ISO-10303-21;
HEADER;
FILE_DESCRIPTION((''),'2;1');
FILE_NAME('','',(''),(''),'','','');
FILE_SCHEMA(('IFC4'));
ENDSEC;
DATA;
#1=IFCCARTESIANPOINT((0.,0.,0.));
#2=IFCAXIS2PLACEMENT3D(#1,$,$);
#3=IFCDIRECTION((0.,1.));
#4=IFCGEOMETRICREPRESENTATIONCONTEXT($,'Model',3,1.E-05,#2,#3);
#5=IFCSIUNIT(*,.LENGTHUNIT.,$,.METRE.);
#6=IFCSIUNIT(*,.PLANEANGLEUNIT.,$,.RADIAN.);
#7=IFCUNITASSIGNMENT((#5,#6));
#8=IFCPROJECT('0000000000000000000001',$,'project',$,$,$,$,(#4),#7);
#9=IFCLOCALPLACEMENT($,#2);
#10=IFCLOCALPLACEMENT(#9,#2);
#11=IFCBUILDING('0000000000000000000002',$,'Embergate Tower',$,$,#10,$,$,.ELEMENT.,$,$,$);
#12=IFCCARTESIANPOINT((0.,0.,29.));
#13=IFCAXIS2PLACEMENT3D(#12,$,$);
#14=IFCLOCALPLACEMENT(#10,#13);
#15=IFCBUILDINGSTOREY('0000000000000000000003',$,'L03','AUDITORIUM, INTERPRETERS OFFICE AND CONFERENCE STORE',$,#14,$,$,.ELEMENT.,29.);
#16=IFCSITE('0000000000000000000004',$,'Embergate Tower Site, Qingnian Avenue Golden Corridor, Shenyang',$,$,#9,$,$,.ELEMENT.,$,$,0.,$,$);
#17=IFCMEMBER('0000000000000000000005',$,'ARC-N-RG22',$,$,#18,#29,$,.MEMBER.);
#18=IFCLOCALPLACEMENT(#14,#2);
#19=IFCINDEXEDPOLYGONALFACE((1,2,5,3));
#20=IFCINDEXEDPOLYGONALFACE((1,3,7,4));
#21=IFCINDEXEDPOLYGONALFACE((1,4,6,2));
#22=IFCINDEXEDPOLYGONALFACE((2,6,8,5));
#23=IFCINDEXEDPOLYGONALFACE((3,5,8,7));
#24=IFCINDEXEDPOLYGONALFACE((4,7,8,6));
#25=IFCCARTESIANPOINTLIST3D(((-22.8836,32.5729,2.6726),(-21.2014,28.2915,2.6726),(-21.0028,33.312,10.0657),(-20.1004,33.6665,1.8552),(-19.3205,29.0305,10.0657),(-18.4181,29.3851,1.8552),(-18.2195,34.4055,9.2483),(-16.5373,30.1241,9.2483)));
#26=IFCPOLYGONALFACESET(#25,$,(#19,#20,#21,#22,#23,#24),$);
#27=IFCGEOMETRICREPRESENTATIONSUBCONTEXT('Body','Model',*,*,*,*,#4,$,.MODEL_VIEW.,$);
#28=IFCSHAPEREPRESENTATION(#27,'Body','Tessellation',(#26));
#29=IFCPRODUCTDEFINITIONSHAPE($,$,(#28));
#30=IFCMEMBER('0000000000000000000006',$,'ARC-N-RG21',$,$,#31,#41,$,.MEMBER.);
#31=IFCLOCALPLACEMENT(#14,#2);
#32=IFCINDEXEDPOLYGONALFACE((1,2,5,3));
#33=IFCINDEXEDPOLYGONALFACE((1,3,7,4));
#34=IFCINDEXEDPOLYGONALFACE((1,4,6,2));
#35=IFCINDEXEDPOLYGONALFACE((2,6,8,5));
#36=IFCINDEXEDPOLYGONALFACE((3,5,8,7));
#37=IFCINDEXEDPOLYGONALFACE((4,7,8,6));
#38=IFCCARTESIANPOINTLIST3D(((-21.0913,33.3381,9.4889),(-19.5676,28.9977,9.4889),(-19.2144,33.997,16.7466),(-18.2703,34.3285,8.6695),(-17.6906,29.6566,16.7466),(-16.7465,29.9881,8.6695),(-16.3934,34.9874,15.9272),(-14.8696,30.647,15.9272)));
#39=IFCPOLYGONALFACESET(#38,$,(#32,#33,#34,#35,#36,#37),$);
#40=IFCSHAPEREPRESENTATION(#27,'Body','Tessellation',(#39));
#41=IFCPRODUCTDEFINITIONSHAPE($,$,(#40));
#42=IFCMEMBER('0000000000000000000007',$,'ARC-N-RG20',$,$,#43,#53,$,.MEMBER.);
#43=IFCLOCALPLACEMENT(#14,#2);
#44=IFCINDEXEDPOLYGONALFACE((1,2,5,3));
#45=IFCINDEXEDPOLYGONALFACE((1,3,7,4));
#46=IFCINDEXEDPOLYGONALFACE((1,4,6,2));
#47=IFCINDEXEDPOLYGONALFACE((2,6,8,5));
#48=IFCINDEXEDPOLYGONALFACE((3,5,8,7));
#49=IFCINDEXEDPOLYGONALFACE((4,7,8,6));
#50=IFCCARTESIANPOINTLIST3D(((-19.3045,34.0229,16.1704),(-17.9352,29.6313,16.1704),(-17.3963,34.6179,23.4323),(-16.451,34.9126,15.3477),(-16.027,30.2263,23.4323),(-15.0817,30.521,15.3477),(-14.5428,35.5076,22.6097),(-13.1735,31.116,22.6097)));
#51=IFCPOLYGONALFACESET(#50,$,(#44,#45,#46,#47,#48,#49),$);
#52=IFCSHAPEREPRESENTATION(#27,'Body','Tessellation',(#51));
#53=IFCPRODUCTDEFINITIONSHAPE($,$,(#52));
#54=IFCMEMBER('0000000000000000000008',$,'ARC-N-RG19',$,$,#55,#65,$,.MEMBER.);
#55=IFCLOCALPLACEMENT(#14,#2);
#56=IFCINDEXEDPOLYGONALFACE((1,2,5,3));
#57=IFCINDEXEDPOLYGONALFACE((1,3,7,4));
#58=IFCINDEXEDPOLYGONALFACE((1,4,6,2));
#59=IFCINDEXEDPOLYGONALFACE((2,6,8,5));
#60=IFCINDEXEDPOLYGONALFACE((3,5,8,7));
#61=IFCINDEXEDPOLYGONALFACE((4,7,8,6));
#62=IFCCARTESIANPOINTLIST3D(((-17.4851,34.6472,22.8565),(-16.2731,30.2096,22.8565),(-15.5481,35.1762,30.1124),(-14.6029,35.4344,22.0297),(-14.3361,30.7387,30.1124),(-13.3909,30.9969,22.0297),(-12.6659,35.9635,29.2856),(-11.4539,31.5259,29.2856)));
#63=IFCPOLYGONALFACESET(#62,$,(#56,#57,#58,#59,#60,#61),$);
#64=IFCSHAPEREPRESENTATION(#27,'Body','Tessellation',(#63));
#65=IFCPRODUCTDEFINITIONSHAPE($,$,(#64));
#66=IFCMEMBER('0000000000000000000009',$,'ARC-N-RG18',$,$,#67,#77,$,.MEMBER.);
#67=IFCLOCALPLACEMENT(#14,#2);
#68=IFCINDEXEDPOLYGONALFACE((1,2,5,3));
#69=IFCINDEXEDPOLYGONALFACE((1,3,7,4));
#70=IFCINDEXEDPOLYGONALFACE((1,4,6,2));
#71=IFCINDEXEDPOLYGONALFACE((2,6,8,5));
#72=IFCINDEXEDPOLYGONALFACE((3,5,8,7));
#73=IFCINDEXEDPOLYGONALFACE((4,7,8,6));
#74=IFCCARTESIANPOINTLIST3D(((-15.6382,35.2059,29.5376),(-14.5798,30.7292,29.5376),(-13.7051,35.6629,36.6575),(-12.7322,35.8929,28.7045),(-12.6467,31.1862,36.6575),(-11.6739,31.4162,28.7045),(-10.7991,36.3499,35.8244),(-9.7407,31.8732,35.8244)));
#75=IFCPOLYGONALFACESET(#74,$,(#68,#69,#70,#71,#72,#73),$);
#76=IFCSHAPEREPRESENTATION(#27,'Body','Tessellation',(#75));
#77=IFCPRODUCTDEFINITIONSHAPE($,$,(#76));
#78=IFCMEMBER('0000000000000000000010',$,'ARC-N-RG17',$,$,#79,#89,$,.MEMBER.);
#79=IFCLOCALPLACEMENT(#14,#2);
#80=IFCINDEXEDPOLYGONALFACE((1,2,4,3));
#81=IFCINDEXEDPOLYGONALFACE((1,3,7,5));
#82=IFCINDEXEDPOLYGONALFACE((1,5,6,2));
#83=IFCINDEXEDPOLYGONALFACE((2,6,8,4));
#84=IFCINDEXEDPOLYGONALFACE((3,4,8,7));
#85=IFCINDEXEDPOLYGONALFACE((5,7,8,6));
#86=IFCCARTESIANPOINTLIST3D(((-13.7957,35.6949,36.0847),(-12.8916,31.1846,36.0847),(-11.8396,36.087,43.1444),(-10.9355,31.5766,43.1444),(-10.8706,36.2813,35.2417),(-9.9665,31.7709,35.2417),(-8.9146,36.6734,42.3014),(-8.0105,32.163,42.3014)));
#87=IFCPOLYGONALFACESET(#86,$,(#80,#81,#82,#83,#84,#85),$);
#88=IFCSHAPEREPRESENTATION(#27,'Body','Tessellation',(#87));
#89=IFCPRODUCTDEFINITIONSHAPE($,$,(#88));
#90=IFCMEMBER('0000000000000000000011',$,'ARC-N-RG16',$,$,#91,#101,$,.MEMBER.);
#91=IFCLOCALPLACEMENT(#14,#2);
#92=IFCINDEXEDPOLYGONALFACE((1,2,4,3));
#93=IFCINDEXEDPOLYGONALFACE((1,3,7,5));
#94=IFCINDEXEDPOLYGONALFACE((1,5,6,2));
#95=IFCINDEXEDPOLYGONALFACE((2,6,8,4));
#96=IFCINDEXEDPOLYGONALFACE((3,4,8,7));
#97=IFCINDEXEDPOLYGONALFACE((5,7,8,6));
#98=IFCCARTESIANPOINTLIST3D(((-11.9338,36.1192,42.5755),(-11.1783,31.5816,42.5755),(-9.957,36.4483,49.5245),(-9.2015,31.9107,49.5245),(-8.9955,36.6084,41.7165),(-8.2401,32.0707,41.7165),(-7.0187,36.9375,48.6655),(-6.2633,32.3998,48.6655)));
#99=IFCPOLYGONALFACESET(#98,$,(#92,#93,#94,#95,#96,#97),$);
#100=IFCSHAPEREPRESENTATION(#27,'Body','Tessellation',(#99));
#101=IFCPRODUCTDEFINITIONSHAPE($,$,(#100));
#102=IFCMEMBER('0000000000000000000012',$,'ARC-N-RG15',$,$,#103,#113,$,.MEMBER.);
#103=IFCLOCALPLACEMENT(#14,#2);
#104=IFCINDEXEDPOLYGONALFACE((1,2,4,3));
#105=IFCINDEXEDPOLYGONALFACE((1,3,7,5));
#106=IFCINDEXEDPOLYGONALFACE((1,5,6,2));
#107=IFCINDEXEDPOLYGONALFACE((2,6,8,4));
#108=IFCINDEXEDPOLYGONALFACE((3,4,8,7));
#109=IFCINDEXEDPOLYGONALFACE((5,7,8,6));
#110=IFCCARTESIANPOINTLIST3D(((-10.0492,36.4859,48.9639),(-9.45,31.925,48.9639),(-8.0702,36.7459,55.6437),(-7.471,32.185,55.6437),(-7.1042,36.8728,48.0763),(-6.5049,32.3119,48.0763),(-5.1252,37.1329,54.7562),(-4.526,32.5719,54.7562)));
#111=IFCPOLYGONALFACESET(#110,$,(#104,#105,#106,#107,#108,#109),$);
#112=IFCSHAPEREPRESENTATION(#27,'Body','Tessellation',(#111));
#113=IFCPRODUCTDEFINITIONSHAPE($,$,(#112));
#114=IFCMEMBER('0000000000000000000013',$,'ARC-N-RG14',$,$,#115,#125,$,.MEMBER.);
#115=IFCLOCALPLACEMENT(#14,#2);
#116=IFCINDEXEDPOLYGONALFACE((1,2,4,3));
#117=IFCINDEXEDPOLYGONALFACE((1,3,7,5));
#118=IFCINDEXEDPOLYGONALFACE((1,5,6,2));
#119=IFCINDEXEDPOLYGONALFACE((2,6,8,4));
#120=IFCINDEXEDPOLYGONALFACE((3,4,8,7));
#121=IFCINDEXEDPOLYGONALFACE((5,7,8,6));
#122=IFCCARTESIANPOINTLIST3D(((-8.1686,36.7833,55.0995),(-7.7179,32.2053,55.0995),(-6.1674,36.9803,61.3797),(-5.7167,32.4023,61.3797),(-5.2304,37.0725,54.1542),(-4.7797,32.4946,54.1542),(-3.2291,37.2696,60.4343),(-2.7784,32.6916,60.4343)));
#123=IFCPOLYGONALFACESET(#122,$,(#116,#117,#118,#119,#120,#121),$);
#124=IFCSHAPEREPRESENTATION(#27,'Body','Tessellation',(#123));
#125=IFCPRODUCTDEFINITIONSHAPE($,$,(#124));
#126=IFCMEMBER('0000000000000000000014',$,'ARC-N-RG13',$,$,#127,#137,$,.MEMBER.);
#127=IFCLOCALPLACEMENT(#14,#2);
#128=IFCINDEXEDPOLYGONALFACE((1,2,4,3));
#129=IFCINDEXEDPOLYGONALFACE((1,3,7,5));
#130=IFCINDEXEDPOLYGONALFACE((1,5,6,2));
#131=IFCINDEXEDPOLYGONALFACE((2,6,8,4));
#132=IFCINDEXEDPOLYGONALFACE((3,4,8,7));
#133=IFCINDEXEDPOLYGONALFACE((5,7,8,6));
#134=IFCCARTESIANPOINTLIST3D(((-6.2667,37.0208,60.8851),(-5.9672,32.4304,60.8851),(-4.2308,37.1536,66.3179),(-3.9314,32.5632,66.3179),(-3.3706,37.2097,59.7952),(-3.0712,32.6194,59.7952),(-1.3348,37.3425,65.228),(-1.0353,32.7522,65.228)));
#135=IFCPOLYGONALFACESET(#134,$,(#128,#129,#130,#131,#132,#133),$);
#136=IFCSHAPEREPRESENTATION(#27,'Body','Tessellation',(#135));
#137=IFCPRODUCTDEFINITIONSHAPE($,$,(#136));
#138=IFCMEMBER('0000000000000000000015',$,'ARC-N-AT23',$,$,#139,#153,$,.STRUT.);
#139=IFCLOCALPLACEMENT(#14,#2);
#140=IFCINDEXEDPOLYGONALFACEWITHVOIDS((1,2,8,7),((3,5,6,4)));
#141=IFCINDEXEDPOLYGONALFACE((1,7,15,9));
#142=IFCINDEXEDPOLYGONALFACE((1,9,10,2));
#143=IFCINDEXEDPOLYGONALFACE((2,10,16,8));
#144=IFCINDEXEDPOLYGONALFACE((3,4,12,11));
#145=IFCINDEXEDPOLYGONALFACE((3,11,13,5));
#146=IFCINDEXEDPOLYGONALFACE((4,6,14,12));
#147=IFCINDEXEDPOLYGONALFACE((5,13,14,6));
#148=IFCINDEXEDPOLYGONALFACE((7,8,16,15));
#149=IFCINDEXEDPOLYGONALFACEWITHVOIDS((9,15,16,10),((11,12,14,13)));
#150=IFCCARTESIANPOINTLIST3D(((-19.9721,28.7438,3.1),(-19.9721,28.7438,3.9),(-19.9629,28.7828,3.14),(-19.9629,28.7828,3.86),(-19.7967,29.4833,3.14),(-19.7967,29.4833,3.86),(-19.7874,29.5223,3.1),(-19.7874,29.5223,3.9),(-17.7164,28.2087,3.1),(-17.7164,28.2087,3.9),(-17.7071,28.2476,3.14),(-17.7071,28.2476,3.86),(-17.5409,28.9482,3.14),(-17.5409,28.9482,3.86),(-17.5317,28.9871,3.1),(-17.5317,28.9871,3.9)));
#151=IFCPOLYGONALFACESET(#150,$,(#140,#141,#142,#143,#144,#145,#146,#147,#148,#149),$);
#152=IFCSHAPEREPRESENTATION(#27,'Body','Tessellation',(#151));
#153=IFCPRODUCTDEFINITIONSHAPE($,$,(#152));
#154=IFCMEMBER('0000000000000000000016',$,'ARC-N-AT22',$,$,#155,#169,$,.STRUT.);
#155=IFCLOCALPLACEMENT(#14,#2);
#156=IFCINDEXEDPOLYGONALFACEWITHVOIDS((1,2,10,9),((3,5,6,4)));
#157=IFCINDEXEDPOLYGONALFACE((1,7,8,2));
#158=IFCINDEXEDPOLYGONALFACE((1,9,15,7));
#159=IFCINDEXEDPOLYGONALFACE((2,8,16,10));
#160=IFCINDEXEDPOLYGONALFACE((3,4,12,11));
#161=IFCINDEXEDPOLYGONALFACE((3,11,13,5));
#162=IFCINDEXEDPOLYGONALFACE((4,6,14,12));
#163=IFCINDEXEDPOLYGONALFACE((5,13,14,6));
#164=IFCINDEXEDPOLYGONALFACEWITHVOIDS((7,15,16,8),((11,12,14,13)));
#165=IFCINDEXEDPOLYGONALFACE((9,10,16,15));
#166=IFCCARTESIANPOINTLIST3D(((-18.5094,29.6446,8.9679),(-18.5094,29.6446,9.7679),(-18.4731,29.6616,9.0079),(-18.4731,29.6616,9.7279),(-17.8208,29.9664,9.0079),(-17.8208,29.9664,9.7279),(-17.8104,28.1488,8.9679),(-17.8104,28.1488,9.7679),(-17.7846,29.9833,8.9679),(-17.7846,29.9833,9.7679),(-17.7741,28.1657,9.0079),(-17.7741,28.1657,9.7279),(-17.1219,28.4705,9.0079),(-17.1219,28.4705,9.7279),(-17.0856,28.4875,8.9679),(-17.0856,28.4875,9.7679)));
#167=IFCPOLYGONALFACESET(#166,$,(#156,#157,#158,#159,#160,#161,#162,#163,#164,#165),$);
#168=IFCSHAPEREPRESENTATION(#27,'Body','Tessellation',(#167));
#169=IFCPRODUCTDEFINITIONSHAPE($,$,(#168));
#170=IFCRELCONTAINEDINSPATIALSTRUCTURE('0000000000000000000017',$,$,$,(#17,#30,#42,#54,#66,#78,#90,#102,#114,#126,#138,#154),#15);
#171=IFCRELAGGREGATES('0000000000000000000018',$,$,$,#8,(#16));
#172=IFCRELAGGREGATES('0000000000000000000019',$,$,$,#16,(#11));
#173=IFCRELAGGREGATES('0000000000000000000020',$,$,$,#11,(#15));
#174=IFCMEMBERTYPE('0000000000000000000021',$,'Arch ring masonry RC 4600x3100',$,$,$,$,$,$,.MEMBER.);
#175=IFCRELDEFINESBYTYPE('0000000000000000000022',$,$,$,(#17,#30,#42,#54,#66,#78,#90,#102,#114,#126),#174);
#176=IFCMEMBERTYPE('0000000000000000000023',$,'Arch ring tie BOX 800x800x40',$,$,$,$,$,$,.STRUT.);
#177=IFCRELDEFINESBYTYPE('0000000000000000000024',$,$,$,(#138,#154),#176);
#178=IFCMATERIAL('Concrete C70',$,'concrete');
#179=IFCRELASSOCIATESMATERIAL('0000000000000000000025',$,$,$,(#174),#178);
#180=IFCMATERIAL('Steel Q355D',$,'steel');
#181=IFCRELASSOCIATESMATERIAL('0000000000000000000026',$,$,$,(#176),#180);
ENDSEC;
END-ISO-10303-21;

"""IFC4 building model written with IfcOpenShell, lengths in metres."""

from ifc_helpers import new_model, si_unit, direction, frame, origin, origin_2d, place, context, subcontext, project, spatial, rectangle, hollow_rectangle, extrude, source, transform, mapped, material, material_profile, profile_set, type_object, element, save


model = new_model("IFC4")

# Units and contexts
model_context = context("Model", 3, precision=1e-05, world=origin(), true_north=direction((0.0, 1.0)))
body_context = subcontext(model_context, "Body", "Model", "MODEL_VIEW")
ifc_project = project(units=[si_unit("LENGTHUNIT", "METRE"), si_unit("PLANEANGLEUNIT", "RADIAN")], contexts=[model_context])

# Site, building, storey
site_placement = place(None, origin())
site = spatial("IfcSite", under=ifc_project, at=site_placement, Name="Embergate Tower Site, Qingnian Avenue Golden Corridor, Shenyang", CompositionType="ELEMENT", RefElevation=0.0)
building_placement = place(site_placement, origin())
building = spatial("IfcBuilding", under=site, at=building_placement, Name="Embergate Tower", CompositionType="ELEMENT")
storey_placement = place(building_placement, frame((0.0, 0.0, 29.0)))
storey = spatial("IfcBuildingStorey", under=building, at=storey_placement, Name="L03", Description="AUDITORIUM, INTERPRETERS OFFICE AND CONFERENCE STORE", CompositionType="ELEMENT", Elevation=29.0)

# Members
ifc_material_1 = material(Name="Concrete C70", Category="concrete")
ifc_material_profile_1 = material_profile(ifc_material_1, rectangle(XDim=4.6001, YDim=3.1001, at=origin_2d()), Name="RC 4600x3100")
ifc_profile_set_1 = profile_set([ifc_material_profile_1], Name="Concrete C70")
member_type_1 = type_object("IfcMemberType", Name="Arch ring masonry RC 4600x3100", PredefinedType="MEMBER", material=ifc_profile_set_1)
shared_shape_1 = source(origin(), body_context, "Body", "SweptSolid", [
    extrude(rectangle(XDim=4.6001, YDim=3.1001, at=origin_2d()), origin(), (0.0, 0.0, 1.0), 7.6643),
])
member_1_placement = place(storey_placement, frame((-18.77, 31.718, 9.657), z_axis=(-0.245406, -0.096423, -0.964613), x_axis=(0.365697, -0.930734, 0.0)))
element("IfcMember", 1, at=member_1_placement, inside=storey, type_object=member_type_1, Name="ARC-N-RG22", PredefinedType="MEMBER", context=body_context, shape_type="MappedRepresentation", body=[
    mapped(shared_shape_1, transform((0.0, 0.0, 0.0))),
])
shared_shape_2 = source(origin(), body_context, "Body", "SweptSolid", [
    extrude(rectangle(XDim=4.6001, YDim=3.1001, at=origin_2d()), origin(), (0.0, 0.0, 1.0), 7.5254),
])
member_2_placement = place(storey_placement, frame((-17.042, 32.322, 16.3369), z_axis=(-0.249413, -0.08756, -0.964431), x_axis=(0.331247, -0.943544, 0.0)))
element("IfcMember", 2, at=member_2_placement, inside=storey, type_object=member_type_1, Name="ARC-N-RG21", PredefinedType="MEMBER", context=body_context, shape_type="MappedRepresentation", body=[
    mapped(shared_shape_2, transform((0.0, 0.0, 0.0))),
])
shared_shape_3 = source(origin(), body_context, "Body", "SweptSolid", [
    extrude(rectangle(XDim=4.6001, YDim=3.1001, at=origin_2d()), origin(), (0.0, 0.0, 1.0), 7.532),
])
member_3_placement = place(storey_placement, frame((-15.2849, 32.8669, 23.021), z_axis=(-0.253345, -0.078992, -0.964145), x_axis=(0.297663, -0.954671, 0.0)))
element("IfcMember", 3, at=member_3_placement, inside=storey, type_object=member_type_1, Name="ARC-N-RG20", PredefinedType="MEMBER", context=body_context, shape_type="MappedRepresentation", body=[
    mapped(shared_shape_3, transform((0.0, 0.0, 0.0))),
])
shared_shape_4 = source(origin(), body_context, "Body", "SweptSolid", [
    extrude(rectangle(XDim=4.6001, YDim=3.1001, at=origin_2d()), origin(), (0.0, 0.0, 1.0), 7.5286),
])
member_4_placement = place(storey_placement, frame((-13.501, 33.3511, 29.699), z_axis=(-0.257288, -0.070273, -0.963776), x_axis=(0.263477, -0.964666, 0.0)))
element("IfcMember", 4, at=member_4_placement, inside=storey, type_object=member_type_1, Name="ARC-N-RG19", PredefinedType="MEMBER", context=body_context, shape_type="MappedRepresentation", body=[
    mapped(shared_shape_4, transform((0.0, 0.0, 0.0))),
])
shared_shape_5 = source(origin(), body_context, "Body", "SweptSolid", [
    extrude(rectangle(XDim=4.6001, YDim=3.1001, at=origin_2d()), origin(), (0.0, 0.0, 1.0), 7.3918),
])
member_5_placement = place(storey_placement, frame((-11.7229, 33.7681, 36.241), z_axis=(-0.261521, -0.06183, -0.963215), x_axis=(0.23008, -0.973172, 0.0)))
element("IfcMember", 5, at=member_5_placement, inside=storey, type_object=member_type_1, Name="ARC-N-RG18", PredefinedType="MEMBER", context=body_context, shape_type="MappedRepresentation", body=[
    mapped(shared_shape_5, transform((0.0, 0.0, 0.0))),
])
shared_shape_6 = source(origin(), body_context, "Body", "SweptSolid", [
    extrude(rectangle(XDim=4.6001, YDim=3.1001, at=origin_2d()), origin(), (0.0, 0.0, 1.0), 7.3362),
])
member_6_placement = place(storey_placement, frame((-9.925, 34.125, 42.7229), z_axis=(-0.266628, -0.053445, -0.962317), x_axis=(0.19654, -0.980496, 0.0)))
element("IfcMember", 6, at=member_6_placement, inside=storey, type_object=member_type_1, Name="ARC-N-RG17", PredefinedType="MEMBER", context=body_context, shape_type="MappedRepresentation", body=[
    mapped(shared_shape_6, transform((0.0, 0.0, 0.0))),
])
shared_shape_7 = source(origin(), body_context, "Body", "SweptSolid", [
    extrude(rectangle(XDim=4.6001, YDim=3.1001, at=origin_2d()), origin(), (0.0, 0.0, 1.0), 7.2322),
])
member_7_placement = place(storey_placement, frame((-8.1101, 34.4241, 49.095), z_axis=(-0.273335, -0.045505, -0.960842), x_axis=(0.164221, -0.986424, 0.0)))
element("IfcMember", 7, at=member_7_placement, inside=storey, type_object=member_type_1, Name="ARC-N-RG16", PredefinedType="MEMBER", context=body_context, shape_type="MappedRepresentation", body=[
    mapped(shared_shape_7, transform((0.0, 0.0, 0.0))),
])
shared_shape_8 = source(origin(), body_context, "Body", "SweptSolid", [
    extrude(rectangle(XDim=4.6001, YDim=3.1001, at=origin_2d()), origin(), (0.0, 0.0, 1.0), 6.9717),
])
member_8_placement = place(storey_placement, frame((-6.2981, 34.6589, 55.2), z_axis=(-0.28386, -0.037295, -0.95814), x_axis=(0.130265, -0.991479, 0.0)))
element("IfcMember", 8, at=member_8_placement, inside=storey, type_object=member_type_1, Name="ARC-N-RG15", PredefinedType="MEMBER", context=body_context, shape_type="MappedRepresentation", body=[
    mapped(shared_shape_8, transform((0.0, 0.0, 0.0))),
])
shared_shape_9 = source(origin(), body_context, "Body", "SweptSolid", [
    extrude(rectangle(XDim=4.6001, YDim=3.1001, at=origin_2d()), origin(), (0.0, 0.0, 1.0), 6.5942),
])
member_9_placement = place(storey_placement, frame((-4.4729, 34.8359, 60.907), z_axis=(-0.303485, -0.029878, -0.952368), x_axis=(0.097977, -0.995189, 0.0)))
element("IfcMember", 9, at=member_9_placement, inside=storey, type_object=member_type_1, Name="ARC-N-RG14", PredefinedType="MEMBER", context=body_context, shape_type="MappedRepresentation", body=[
    mapped(shared_shape_9, transform((0.0, 0.0, 0.0))),
])
shared_shape_10 = source(origin(), body_context, "Body", "SweptSolid", [
    extrude(rectangle(XDim=4.6001, YDim=3.1001, at=origin_2d()), origin(), (0.0, 0.0, 1.0), 5.8032),
])
member_10_placement = place(storey_placement, frame((-2.6331, 34.9529, 65.7729), z_axis=(-0.350815, -0.022886, -0.936165), x_axis=(0.065097, -0.997879, 0.0)))
element("IfcMember", 10, at=member_10_placement, inside=storey, type_object=member_type_1, Name="ARC-N-RG13", PredefinedType="MEMBER", context=body_context, shape_type="MappedRepresentation", body=[
    mapped(shared_shape_10, transform((0.0, 0.0, 0.0))),
])
ifc_material_2 = material(Name="Steel Q355D", Category="steel")
ifc_material_profile_2 = material_profile(ifc_material_2, hollow_rectangle(XDim=0.8, YDim=0.8, WallThickness=0.04, at=origin_2d()), Name="BOX 800x800x40")
ifc_profile_set_2 = profile_set([ifc_material_profile_2], Name="Steel Q355 grade D")
member_type_2 = type_object("IfcMemberType", Name="Arch ring tie BOX 800x800x40", PredefinedType="STRUT", material=ifc_profile_set_2)
shared_shape_11 = source(origin(), body_context, "Body", "SweptSolid", [
    extrude(hollow_rectangle(XDim=0.8, YDim=0.8, WallThickness=0.04, at=origin_2d()), origin(), (0.0, 0.0, 1.0), 2.3184),
])
member_11_placement = place(storey_placement, frame((-17.624, 28.5979, 3.5), z_axis=(-0.972996, 0.230823, 0.0), x_axis=(-0.230823, -0.972996, 0.0)))
element("IfcMember", 11, at=member_11_placement, inside=storey, type_object=member_type_2, Name="ARC-N-AT23", PredefinedType="STRUT", context=body_context, shape_type="MappedRepresentation", body=[
    mapped(shared_shape_11, transform((0.0, 0.0, 0.0))),
])
shared_shape_12 = source(origin(), body_context, "Body", "SweptSolid", [
    extrude(hollow_rectangle(XDim=0.8, YDim=0.8, WallThickness=0.04, at=origin_2d()), origin(), (0.0, 0.0, 1.0), 1.6511),
])
member_12_placement = place(storey_placement, frame((-17.448, 28.3181, 9.3679), z_axis=(-0.423339, 0.905971, 0.0), x_axis=(-0.905971, -0.423339, 0.0)))
element("IfcMember", 12, at=member_12_placement, inside=storey, type_object=member_type_2, Name="ARC-N-AT22", PredefinedType="STRUT", context=body_context, shape_type="MappedRepresentation", body=[
    mapped(shared_shape_12, transform((0.0, 0.0, 0.0))),
])

save(model, "model.ifc")
